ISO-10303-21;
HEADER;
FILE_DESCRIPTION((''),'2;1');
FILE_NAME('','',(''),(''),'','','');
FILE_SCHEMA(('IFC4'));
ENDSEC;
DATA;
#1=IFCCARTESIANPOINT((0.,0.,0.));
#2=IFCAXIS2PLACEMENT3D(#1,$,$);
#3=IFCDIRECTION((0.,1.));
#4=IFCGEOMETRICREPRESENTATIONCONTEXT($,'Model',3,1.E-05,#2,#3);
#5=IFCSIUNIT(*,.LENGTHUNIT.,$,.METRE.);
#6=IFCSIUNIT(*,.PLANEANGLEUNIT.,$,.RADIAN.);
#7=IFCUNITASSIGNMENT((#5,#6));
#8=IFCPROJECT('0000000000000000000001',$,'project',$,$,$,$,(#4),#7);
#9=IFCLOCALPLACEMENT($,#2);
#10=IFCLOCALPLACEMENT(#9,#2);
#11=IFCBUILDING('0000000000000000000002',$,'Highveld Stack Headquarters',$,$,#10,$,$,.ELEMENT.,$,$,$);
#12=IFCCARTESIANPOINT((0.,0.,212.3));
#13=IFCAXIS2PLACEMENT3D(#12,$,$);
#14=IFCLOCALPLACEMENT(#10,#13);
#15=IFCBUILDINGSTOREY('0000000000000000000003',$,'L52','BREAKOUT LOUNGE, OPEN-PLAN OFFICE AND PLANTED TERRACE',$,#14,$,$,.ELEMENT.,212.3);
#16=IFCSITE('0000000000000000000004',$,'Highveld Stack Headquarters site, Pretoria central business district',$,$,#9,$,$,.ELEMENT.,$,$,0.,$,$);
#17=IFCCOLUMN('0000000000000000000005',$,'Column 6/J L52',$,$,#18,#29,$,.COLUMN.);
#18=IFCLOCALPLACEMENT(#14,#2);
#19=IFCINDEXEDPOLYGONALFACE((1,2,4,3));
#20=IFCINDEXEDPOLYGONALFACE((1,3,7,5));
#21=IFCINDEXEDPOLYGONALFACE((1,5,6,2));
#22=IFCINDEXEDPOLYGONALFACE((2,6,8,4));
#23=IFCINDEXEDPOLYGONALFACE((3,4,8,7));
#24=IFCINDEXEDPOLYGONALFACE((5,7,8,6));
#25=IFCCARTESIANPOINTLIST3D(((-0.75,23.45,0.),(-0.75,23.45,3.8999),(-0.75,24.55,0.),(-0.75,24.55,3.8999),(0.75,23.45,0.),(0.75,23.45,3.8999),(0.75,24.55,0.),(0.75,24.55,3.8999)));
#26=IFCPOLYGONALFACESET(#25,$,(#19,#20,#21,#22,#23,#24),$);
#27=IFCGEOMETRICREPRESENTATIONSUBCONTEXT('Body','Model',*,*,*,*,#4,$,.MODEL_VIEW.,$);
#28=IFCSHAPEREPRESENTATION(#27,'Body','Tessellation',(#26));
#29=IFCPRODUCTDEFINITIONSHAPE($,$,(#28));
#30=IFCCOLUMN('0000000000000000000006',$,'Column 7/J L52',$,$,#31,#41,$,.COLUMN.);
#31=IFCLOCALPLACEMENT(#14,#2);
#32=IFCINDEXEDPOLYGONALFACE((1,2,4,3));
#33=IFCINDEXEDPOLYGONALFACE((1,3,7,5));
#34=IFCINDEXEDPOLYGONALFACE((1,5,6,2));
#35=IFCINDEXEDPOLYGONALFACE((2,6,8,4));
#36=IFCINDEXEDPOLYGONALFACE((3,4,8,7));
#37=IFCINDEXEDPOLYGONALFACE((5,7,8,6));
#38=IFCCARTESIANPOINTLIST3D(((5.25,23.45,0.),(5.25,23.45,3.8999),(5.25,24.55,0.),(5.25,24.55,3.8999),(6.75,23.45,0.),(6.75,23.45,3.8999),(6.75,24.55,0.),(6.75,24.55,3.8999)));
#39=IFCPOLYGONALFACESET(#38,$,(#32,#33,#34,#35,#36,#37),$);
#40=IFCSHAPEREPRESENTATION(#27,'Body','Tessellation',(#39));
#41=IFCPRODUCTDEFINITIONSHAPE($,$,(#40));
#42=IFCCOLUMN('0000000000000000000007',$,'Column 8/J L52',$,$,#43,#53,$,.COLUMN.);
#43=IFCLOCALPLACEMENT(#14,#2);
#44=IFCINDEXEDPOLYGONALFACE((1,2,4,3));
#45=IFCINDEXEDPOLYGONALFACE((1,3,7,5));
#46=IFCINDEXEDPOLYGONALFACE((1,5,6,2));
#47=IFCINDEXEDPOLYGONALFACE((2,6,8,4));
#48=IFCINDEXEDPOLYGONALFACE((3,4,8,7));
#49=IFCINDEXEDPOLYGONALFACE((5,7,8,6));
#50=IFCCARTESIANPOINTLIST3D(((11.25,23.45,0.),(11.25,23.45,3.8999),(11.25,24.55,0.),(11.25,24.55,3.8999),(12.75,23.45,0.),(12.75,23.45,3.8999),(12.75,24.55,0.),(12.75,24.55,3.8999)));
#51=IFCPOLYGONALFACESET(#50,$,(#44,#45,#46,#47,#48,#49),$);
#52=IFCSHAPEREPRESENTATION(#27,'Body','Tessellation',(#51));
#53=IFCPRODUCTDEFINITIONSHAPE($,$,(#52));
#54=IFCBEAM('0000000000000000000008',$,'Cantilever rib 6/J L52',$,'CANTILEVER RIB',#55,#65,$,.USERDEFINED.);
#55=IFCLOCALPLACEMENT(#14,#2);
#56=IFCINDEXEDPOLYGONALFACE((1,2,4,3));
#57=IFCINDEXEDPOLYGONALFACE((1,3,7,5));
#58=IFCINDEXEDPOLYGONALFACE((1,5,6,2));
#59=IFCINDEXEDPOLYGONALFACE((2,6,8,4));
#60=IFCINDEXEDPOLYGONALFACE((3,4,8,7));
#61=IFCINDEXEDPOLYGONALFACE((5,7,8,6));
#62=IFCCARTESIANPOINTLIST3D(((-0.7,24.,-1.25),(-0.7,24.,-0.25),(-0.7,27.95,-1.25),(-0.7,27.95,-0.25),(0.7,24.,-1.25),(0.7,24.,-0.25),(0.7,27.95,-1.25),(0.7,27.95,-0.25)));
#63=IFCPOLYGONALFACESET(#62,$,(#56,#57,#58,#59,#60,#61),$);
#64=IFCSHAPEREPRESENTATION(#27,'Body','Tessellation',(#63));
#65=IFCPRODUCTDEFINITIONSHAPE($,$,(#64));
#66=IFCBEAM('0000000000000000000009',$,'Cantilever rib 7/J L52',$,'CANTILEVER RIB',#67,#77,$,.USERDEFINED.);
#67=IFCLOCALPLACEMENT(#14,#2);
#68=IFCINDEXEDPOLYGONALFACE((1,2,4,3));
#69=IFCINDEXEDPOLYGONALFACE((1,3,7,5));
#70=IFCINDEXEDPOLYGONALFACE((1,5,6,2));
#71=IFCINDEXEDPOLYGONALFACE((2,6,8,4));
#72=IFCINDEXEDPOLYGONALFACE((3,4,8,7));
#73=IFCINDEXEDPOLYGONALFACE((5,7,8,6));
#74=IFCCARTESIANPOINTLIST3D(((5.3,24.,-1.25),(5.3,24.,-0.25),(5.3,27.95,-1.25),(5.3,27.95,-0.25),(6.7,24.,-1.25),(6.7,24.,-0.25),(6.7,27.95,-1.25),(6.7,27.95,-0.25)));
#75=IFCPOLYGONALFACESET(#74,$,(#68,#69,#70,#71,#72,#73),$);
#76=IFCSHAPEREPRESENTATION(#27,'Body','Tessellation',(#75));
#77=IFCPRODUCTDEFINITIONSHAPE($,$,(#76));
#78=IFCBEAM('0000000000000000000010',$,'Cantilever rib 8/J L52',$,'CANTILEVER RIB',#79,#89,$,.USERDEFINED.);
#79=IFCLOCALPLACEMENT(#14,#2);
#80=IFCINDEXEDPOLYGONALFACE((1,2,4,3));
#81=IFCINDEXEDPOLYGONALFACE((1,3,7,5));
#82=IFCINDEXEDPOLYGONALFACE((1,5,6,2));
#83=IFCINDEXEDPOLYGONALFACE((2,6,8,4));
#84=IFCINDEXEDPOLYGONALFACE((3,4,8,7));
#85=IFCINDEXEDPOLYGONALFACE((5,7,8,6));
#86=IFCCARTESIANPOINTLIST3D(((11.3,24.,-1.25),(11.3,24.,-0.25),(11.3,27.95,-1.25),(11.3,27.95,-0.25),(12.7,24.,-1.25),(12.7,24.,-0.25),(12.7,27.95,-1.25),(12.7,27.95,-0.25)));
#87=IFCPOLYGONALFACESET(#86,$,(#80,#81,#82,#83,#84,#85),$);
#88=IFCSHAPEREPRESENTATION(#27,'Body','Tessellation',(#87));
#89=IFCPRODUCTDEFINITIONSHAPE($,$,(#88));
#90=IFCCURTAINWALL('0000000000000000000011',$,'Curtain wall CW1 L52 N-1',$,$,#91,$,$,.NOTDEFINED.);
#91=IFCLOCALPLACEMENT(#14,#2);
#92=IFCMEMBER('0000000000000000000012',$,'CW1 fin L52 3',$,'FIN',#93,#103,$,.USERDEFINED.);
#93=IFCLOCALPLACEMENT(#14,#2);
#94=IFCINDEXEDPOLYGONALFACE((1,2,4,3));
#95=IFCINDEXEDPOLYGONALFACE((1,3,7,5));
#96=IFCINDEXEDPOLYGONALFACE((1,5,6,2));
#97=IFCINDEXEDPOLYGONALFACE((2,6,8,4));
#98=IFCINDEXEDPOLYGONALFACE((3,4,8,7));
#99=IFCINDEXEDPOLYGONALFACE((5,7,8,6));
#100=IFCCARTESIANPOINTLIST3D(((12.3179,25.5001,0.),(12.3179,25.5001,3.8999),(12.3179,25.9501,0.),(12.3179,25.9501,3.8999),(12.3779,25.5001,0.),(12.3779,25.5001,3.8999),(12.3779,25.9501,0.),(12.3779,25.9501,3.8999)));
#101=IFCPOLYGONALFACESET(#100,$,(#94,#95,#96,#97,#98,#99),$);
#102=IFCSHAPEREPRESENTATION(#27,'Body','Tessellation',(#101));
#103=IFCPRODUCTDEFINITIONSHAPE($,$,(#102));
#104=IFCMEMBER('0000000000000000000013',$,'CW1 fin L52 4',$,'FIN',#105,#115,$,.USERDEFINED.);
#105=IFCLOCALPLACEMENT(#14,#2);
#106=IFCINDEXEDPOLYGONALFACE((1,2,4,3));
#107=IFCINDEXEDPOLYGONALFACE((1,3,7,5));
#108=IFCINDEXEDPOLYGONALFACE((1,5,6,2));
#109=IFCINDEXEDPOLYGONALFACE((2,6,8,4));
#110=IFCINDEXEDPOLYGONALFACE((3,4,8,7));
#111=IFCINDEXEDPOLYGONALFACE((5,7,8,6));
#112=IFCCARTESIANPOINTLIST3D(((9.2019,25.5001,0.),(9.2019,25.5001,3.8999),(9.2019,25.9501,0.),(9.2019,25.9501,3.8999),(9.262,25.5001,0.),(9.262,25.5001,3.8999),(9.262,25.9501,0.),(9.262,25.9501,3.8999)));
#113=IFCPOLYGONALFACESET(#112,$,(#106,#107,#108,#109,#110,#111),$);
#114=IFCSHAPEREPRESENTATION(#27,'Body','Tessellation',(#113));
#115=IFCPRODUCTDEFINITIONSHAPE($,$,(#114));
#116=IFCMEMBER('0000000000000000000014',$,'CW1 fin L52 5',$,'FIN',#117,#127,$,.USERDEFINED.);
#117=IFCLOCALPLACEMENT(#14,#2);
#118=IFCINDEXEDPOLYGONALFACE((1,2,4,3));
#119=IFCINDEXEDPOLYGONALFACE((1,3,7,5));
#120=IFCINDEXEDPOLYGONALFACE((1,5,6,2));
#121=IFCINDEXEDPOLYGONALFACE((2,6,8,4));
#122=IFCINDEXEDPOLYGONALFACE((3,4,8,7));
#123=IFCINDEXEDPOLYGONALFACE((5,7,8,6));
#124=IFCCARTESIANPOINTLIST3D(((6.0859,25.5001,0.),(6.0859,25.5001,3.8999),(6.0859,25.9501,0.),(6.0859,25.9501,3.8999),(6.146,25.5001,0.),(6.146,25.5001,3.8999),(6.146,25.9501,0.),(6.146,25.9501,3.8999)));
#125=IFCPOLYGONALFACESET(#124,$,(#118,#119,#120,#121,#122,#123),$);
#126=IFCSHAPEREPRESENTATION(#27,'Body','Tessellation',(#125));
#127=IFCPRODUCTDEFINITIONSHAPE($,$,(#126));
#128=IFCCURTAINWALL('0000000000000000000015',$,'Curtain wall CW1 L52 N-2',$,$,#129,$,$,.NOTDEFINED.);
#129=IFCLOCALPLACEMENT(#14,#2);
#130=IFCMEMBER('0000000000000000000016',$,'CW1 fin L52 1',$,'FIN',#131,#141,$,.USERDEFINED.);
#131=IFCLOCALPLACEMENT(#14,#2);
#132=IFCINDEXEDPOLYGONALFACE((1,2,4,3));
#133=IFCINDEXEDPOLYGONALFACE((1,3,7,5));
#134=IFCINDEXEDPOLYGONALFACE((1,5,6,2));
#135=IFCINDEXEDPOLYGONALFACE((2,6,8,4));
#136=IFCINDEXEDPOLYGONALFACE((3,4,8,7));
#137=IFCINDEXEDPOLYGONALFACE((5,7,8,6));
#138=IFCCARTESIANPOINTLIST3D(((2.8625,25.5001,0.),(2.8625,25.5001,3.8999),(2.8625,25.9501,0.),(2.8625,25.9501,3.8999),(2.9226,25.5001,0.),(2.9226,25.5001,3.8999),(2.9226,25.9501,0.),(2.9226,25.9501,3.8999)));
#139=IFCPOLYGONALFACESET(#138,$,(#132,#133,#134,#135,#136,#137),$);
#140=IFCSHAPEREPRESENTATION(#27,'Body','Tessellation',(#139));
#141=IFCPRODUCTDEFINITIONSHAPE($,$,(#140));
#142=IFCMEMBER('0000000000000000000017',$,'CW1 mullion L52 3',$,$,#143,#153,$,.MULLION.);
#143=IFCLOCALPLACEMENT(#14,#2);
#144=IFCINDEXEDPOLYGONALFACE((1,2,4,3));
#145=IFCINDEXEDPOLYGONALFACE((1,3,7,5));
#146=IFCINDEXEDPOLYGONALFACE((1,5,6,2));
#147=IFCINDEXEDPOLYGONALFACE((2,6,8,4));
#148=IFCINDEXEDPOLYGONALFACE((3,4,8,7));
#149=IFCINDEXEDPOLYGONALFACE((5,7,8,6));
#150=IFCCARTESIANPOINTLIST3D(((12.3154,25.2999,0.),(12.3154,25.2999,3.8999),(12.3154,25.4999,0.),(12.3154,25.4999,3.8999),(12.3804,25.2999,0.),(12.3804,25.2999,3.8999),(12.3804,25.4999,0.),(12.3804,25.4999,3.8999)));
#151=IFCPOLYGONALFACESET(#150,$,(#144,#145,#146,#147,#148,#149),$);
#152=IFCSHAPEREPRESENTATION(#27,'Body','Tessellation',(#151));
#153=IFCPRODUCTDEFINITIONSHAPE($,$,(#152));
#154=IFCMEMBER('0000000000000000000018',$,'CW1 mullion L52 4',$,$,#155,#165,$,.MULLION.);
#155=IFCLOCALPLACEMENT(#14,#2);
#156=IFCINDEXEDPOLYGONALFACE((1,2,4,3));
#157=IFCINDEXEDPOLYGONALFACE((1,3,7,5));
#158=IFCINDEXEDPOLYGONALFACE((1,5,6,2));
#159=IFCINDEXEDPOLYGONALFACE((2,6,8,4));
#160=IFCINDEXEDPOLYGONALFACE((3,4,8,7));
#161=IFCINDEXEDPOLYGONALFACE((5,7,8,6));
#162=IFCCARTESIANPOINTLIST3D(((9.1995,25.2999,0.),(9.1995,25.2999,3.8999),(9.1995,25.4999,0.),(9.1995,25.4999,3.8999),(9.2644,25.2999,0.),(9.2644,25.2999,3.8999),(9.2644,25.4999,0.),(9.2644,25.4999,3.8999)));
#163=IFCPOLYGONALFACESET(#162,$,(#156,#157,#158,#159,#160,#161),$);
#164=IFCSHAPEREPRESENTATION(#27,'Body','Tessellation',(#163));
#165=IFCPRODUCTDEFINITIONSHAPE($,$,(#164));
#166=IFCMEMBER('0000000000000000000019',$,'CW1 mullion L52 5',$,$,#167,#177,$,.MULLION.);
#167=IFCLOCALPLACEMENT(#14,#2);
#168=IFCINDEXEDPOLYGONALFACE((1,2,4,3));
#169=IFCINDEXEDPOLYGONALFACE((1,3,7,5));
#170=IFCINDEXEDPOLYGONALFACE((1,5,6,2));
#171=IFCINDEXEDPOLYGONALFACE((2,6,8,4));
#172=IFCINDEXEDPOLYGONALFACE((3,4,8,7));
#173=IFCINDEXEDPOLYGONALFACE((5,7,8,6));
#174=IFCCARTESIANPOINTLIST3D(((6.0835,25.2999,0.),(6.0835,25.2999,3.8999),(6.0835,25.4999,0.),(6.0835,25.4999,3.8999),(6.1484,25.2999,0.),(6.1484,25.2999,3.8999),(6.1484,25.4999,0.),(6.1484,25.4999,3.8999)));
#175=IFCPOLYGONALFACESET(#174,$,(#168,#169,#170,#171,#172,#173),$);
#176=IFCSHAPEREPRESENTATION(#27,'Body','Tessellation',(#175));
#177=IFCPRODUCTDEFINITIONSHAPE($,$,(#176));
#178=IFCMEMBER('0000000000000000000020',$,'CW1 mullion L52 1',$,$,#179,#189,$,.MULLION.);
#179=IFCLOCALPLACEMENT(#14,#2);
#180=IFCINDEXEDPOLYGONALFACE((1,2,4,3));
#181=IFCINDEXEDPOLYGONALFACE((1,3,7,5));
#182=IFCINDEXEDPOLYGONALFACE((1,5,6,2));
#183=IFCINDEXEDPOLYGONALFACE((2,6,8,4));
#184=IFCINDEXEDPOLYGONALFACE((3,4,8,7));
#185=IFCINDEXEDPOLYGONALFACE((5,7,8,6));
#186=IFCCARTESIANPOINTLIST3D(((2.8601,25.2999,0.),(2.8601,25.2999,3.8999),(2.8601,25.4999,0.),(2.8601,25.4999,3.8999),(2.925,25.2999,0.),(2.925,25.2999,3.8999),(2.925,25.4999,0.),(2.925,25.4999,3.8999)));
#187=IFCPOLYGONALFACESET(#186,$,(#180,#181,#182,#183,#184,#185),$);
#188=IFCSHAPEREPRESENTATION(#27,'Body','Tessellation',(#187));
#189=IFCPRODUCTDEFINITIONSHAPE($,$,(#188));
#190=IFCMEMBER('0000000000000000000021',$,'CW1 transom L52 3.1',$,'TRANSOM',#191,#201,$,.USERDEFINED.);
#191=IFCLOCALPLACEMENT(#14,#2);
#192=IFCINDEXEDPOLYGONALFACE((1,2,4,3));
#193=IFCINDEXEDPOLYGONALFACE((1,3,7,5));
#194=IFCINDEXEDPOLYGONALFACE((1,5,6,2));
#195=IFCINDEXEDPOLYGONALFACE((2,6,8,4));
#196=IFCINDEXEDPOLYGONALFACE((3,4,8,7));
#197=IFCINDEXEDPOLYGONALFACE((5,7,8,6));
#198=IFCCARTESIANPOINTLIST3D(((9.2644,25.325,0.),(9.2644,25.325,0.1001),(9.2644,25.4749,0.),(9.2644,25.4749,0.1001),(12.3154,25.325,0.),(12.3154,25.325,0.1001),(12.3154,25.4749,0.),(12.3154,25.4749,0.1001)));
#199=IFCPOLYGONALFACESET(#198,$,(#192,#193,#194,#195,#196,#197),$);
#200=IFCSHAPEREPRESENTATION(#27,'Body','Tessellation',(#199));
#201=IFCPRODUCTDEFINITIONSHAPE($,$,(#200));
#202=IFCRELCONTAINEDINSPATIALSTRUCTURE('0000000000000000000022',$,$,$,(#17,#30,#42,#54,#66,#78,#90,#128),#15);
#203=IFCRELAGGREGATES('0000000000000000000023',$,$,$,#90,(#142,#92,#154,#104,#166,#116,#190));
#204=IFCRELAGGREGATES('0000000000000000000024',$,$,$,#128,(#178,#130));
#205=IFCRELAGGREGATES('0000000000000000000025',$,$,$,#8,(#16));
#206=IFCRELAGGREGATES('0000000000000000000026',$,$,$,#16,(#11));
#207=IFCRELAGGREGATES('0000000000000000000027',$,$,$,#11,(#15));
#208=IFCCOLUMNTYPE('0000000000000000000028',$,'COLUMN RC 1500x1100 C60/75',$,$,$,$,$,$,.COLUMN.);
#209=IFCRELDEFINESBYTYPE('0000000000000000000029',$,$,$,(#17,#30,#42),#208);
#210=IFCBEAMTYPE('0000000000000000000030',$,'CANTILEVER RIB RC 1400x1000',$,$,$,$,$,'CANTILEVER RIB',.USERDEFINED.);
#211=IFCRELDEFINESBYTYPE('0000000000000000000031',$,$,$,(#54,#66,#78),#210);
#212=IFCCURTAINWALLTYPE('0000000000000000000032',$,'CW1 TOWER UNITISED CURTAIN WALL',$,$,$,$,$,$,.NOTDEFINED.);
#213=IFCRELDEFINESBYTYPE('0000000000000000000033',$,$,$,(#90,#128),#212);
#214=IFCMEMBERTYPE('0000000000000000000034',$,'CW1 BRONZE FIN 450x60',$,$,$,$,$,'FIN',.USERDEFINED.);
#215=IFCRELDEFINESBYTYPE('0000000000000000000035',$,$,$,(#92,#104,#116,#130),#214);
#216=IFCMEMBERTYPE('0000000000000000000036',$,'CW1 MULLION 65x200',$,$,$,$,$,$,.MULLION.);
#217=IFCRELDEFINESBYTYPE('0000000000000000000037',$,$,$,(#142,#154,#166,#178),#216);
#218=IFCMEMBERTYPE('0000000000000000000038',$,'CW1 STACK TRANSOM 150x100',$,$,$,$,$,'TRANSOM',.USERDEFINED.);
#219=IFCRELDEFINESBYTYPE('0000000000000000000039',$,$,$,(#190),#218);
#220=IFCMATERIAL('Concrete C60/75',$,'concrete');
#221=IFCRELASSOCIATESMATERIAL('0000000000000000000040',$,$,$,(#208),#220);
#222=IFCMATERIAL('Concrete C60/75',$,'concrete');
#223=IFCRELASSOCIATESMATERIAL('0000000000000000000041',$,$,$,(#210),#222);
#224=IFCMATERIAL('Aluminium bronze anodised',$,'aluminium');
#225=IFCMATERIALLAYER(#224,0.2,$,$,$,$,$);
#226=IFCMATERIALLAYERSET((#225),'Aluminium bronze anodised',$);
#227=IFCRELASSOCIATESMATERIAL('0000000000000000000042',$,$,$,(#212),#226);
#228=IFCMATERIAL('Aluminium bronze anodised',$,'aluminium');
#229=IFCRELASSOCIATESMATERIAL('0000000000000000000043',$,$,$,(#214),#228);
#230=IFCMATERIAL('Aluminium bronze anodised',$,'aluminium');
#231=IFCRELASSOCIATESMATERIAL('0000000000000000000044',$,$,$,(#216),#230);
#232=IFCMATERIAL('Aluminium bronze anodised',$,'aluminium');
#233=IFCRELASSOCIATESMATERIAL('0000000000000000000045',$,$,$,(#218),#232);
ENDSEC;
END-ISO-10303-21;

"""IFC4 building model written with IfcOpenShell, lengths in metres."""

from ifc_helpers import new_model, si_unit, direction, frame, origin, origin_2d, place, context, subcontext, project, spatial, rectangle, extrude, material, layer, layer_set, material_profile, profile_set, type_object, element, aggregate, save


model = new_model("IFC4")

# Units and contexts
model_context = context("Model", 3, precision=1e-05, world=origin(), true_north=direction((0.0, 1.0)))
body_context = subcontext(model_context, "Body", "Model", "MODEL_VIEW")
ifc_project = project(units=[si_unit("LENGTHUNIT", "METRE"), si_unit("PLANEANGLEUNIT", "RADIAN")], contexts=[model_context])

# Site, building, storey
site_placement = place(None, origin())
site = spatial("IfcSite", under=ifc_project, at=site_placement, Name="Highveld Stack Headquarters site, Pretoria central business district", CompositionType="ELEMENT", RefElevation=0.0)
building_placement = place(site_placement, origin())
building = spatial("IfcBuilding", under=site, at=building_placement, Name="Highveld Stack Headquarters", CompositionType="ELEMENT")
storey_placement = place(building_placement, frame((0.0, 0.0, 212.3)))
storey = spatial("IfcBuildingStorey", under=building, at=storey_placement, Name="L52", Description="BREAKOUT LOUNGE, OPEN-PLAN OFFICE AND PLANTED TERRACE", CompositionType="ELEMENT", Elevation=212.3)

# Columns
ifc_material_1 = material(Name="Concrete C60/75", Category="concrete")
ifc_material_profile_1 = material_profile(ifc_material_1, rectangle(XDim=1.5, YDim=1.1001, at=origin_2d()), Name="RC 1500x1100")
ifc_profile_set_1 = profile_set([ifc_material_profile_1], Name="Concrete C60/75")
column_type = type_object("IfcColumnType", Name="COLUMN RC 1500x1100 C60/75", PredefinedType="COLUMN", material=ifc_profile_set_1)
for number, where, z_axis, x_axis, name in (
    (1, (0.0, 24.0, 0.0), (0.0, 0.0, 1.0), (1.0, 0.0, 0.0), "Column 6/J L52"),
    (2, (6.0, 24.0, 0.0), (0.0, 0.0, 1.0), (1.0, 0.0, 0.0), "Column 7/J L52"),
    (3, (12.0, 24.0, 0.0), (0.0, 0.0, 1.0), (1.0, 0.0, 0.0), "Column 8/J L52"),
):
    element("IfcColumn", number, at=place(storey_placement, frame(where, z_axis=z_axis, x_axis=x_axis)), inside=storey, type_object=column_type, Name=name, PredefinedType="COLUMN", context=body_context, shape_type="SweptSolid", body=[
        extrude(rectangle(XDim=1.5, YDim=1.1001, at=origin_2d()), origin(), (0.0, 0.0, 1.0), 3.8999),
    ])

# Beams
ifc_material_2 = material(Name="Concrete C60/75", Category="concrete")
ifc_material_profile_2 = material_profile(ifc_material_2, rectangle(XDim=1.3999, YDim=1.0, at=origin_2d()), Name="RC 1400x1000")
ifc_profile_set_2 = profile_set([ifc_material_profile_2], Name="Concrete C60/75")
beam_type_1 = type_object("IfcBeamType", Name="CANTILEVER RIB RC 1400x1000", ElementType="CANTILEVER RIB", PredefinedType="USERDEFINED", material=ifc_profile_set_2)
for number, where, z_axis, x_axis, name in (
    (4, (0.0, 24.0, -0.75), (0.0, 1.0, 0.0), (-1.0, 0.0, 0.0), "Cantilever rib 6/J L52"),
    (5, (6.0, 24.0, -0.75), (0.0, 1.0, 0.0), (-1.0, 0.0, 0.0), "Cantilever rib 7/J L52"),
    (6, (12.0, 24.0, -0.75), (0.0, 1.0, 0.0), (-1.0, 0.0, 0.0), "Cantilever rib 8/J L52"),
):
    element("IfcBeam", number, at=place(storey_placement, frame(where, z_axis=z_axis, x_axis=x_axis)), inside=storey, type_object=beam_type_1, Name=name, ObjectType="CANTILEVER RIB", PredefinedType="USERDEFINED", context=body_context, shape_type="SweptSolid", body=[
        extrude(rectangle(XDim=1.3999, YDim=1.0, at=origin_2d()), origin(), (0.0, 0.0, 1.0), 3.95),
    ])

# Curtain wall, members
ifc_material_3 = material(Name="Aluminium bronze anodised", Category="aluminium")
ifc_layer_1 = layer(ifc_material_3, 0.2)
ifc_layer_set_1 = layer_set([ifc_layer_1], Name="Aluminium bronze anodised")
curtain_wall_type = type_object("IfcCurtainWallType", Name="CW1 TOWER UNITISED CURTAIN WALL", PredefinedType="NOTDEFINED", material=ifc_layer_set_1)
curtain_wall_1_placement = place(storey_placement, origin())
curtain_wall_1 = element("IfcCurtainWall", 7, at=curtain_wall_1_placement, inside=storey, type_object=curtain_wall_type, Name="Curtain wall CW1 L52 N-1", PredefinedType="NOTDEFINED")
ifc_material_4 = material(Name="Aluminium bronze anodised", Category="aluminium")
ifc_material_profile_3 = material_profile(ifc_material_4, rectangle(XDim=0.45, YDim=0.0601, at=origin_2d()), Name="FIN 450x60")
ifc_profile_set_3 = profile_set([ifc_material_profile_3], Name="Aluminium bronze anodised")
member_type_1 = type_object("IfcMemberType", Name="CW1 BRONZE FIN 450x60", ElementType="FIN", PredefinedType="USERDEFINED", material=ifc_profile_set_3)
member_1_placement = place(storey_placement, frame((12.3479, 25.7251, 0.0), z_axis=(0.0, 0.0, 1.0), x_axis=(0.0, -1.0, 0.0)))
member_1 = element("IfcMember", 8, at=member_1_placement, type_object=member_type_1, Name="CW1 fin L52 3", ObjectType="FIN", PredefinedType="USERDEFINED", context=body_context, shape_type="SweptSolid", body=[
    extrude(rectangle(XDim=0.45, YDim=0.0601, at=origin_2d()), origin(), (0.0, 0.0, 1.0), 3.8999),
])
member_2_placement = place(storey_placement, frame((9.2319, 25.7251, 0.0), z_axis=(0.0, 0.0, 1.0), x_axis=(0.0, -1.0, 0.0)))
member_2 = element("IfcMember", 9, at=member_2_placement, type_object=member_type_1, Name="CW1 fin L52 4", ObjectType="FIN", PredefinedType="USERDEFINED", context=body_context, shape_type="SweptSolid", body=[
    extrude(rectangle(XDim=0.45, YDim=0.0601, at=origin_2d()), origin(), (0.0, 0.0, 1.0), 3.8999),
])
member_3_placement = place(storey_placement, frame((6.116, 25.7251, 0.0), z_axis=(0.0, 0.0, 1.0), x_axis=(0.0, -1.0, 0.0)))
member_3 = element("IfcMember", 10, at=member_3_placement, type_object=member_type_1, Name="CW1 fin L52 5", ObjectType="FIN", PredefinedType="USERDEFINED", context=body_context, shape_type="SweptSolid", body=[
    extrude(rectangle(XDim=0.45, YDim=0.0601, at=origin_2d()), origin(), (0.0, 0.0, 1.0), 3.8999),
])

# Curtain wall, member
curtain_wall_2_placement = place(storey_placement, origin())
curtain_wall_2 = element("IfcCurtainWall", 11, at=curtain_wall_2_placement, inside=storey, type_object=curtain_wall_type, Name="Curtain wall CW1 L52 N-2", PredefinedType="NOTDEFINED")
member_4_placement = place(storey_placement, frame((2.8926, 25.7251, 0.0), z_axis=(0.0, 0.0, 1.0), x_axis=(0.0, -1.0, 0.0)))
member_4 = element("IfcMember", 12, at=member_4_placement, type_object=member_type_1, Name="CW1 fin L52 1", ObjectType="FIN", PredefinedType="USERDEFINED", context=body_context, shape_type="SweptSolid", body=[
    extrude(rectangle(XDim=0.45, YDim=0.0601, at=origin_2d()), origin(), (0.0, 0.0, 1.0), 3.8999),
])

# Members
ifc_material_5 = material(Name="Aluminium bronze anodised", Category="aluminium")
ifc_material_profile_4 = material_profile(ifc_material_5, rectangle(XDim=0.2, YDim=0.0649, at=origin_2d()), Name="CW1 MULLION 65x200")
ifc_profile_set_4 = profile_set([ifc_material_profile_4], Name="Aluminium bronze anodised")
member_type_2 = type_object("IfcMemberType", Name="CW1 MULLION 65x200", PredefinedType="MULLION", material=ifc_profile_set_4)
member_5_placement = place(storey_placement, frame((12.3479, 25.3999, 0.0), z_axis=(0.0, 0.0, 1.0), x_axis=(0.0, -1.0, 0.0)))
member_5 = element("IfcMember", 13, at=member_5_placement, type_object=member_type_2, Name="CW1 mullion L52 3", PredefinedType="MULLION", context=body_context, shape_type="SweptSolid", body=[
    extrude(rectangle(XDim=0.2, YDim=0.0649, at=origin_2d()), origin(), (0.0, 0.0, 1.0), 3.8999),
])
member_6_placement = place(storey_placement, frame((9.2319, 25.3999, 0.0), z_axis=(0.0, 0.0, 1.0), x_axis=(0.0, -1.0, 0.0)))
member_6 = element("IfcMember", 14, at=member_6_placement, type_object=member_type_2, Name="CW1 mullion L52 4", PredefinedType="MULLION", context=body_context, shape_type="SweptSolid", body=[
    extrude(rectangle(XDim=0.2, YDim=0.0649, at=origin_2d()), origin(), (0.0, 0.0, 1.0), 3.8999),
])
member_7_placement = place(storey_placement, frame((6.116, 25.3999, 0.0), z_axis=(0.0, 0.0, 1.0), x_axis=(0.0, -1.0, 0.0)))
member_7 = element("IfcMember", 15, at=member_7_placement, type_object=member_type_2, Name="CW1 mullion L52 5", PredefinedType="MULLION", context=body_context, shape_type="SweptSolid", body=[
    extrude(rectangle(XDim=0.2, YDim=0.0649, at=origin_2d()), origin(), (0.0, 0.0, 1.0), 3.8999),
])
member_8_placement = place(storey_placement, frame((2.8926, 25.3999, 0.0), z_axis=(0.0, 0.0, 1.0), x_axis=(0.0, -1.0, 0.0)))
member_8 = element("IfcMember", 16, at=member_8_placement, type_object=member_type_2, Name="CW1 mullion L52 1", PredefinedType="MULLION", context=body_context, shape_type="SweptSolid", body=[
    extrude(rectangle(XDim=0.2, YDim=0.0649, at=origin_2d()), origin(), (0.0, 0.0, 1.0), 3.8999),
])
ifc_material_6 = material(Name="Aluminium bronze anodised", Category="aluminium")
ifc_material_profile_5 = material_profile(ifc_material_6, rectangle(XDim=0.1499, YDim=0.1001, at=origin_2d()), Name="CW1 TRANSOM 150x100")
ifc_profile_set_5 = profile_set([ifc_material_profile_5], Name="Aluminium bronze anodised")
member_type_3 = type_object("IfcMemberType", Name="CW1 STACK TRANSOM 150x100", ElementType="TRANSOM", PredefinedType="USERDEFINED", material=ifc_profile_set_5)
member_9_placement = place(storey_placement, frame((12.3154, 25.3999, 0.05), z_axis=(-1.0, 0.0, 0.0), x_axis=(0.0, -1.0, 0.0)))
member_9 = element("IfcMember", 17, at=member_9_placement, type_object=member_type_3, Name="CW1 transom L52 3.1", ObjectType="TRANSOM", PredefinedType="USERDEFINED", context=body_context, shape_type="SweptSolid", body=[
    extrude(rectangle(XDim=0.1499, YDim=0.1001, at=origin_2d()), origin(), (0.0, 0.0, 1.0), 3.051),
])

aggregate(curtain_wall_1, [member_5, member_1, member_6, member_2, member_7, member_3, member_9])
aggregate(curtain_wall_2, [member_8, member_4])

save(model, "model.ifc")
